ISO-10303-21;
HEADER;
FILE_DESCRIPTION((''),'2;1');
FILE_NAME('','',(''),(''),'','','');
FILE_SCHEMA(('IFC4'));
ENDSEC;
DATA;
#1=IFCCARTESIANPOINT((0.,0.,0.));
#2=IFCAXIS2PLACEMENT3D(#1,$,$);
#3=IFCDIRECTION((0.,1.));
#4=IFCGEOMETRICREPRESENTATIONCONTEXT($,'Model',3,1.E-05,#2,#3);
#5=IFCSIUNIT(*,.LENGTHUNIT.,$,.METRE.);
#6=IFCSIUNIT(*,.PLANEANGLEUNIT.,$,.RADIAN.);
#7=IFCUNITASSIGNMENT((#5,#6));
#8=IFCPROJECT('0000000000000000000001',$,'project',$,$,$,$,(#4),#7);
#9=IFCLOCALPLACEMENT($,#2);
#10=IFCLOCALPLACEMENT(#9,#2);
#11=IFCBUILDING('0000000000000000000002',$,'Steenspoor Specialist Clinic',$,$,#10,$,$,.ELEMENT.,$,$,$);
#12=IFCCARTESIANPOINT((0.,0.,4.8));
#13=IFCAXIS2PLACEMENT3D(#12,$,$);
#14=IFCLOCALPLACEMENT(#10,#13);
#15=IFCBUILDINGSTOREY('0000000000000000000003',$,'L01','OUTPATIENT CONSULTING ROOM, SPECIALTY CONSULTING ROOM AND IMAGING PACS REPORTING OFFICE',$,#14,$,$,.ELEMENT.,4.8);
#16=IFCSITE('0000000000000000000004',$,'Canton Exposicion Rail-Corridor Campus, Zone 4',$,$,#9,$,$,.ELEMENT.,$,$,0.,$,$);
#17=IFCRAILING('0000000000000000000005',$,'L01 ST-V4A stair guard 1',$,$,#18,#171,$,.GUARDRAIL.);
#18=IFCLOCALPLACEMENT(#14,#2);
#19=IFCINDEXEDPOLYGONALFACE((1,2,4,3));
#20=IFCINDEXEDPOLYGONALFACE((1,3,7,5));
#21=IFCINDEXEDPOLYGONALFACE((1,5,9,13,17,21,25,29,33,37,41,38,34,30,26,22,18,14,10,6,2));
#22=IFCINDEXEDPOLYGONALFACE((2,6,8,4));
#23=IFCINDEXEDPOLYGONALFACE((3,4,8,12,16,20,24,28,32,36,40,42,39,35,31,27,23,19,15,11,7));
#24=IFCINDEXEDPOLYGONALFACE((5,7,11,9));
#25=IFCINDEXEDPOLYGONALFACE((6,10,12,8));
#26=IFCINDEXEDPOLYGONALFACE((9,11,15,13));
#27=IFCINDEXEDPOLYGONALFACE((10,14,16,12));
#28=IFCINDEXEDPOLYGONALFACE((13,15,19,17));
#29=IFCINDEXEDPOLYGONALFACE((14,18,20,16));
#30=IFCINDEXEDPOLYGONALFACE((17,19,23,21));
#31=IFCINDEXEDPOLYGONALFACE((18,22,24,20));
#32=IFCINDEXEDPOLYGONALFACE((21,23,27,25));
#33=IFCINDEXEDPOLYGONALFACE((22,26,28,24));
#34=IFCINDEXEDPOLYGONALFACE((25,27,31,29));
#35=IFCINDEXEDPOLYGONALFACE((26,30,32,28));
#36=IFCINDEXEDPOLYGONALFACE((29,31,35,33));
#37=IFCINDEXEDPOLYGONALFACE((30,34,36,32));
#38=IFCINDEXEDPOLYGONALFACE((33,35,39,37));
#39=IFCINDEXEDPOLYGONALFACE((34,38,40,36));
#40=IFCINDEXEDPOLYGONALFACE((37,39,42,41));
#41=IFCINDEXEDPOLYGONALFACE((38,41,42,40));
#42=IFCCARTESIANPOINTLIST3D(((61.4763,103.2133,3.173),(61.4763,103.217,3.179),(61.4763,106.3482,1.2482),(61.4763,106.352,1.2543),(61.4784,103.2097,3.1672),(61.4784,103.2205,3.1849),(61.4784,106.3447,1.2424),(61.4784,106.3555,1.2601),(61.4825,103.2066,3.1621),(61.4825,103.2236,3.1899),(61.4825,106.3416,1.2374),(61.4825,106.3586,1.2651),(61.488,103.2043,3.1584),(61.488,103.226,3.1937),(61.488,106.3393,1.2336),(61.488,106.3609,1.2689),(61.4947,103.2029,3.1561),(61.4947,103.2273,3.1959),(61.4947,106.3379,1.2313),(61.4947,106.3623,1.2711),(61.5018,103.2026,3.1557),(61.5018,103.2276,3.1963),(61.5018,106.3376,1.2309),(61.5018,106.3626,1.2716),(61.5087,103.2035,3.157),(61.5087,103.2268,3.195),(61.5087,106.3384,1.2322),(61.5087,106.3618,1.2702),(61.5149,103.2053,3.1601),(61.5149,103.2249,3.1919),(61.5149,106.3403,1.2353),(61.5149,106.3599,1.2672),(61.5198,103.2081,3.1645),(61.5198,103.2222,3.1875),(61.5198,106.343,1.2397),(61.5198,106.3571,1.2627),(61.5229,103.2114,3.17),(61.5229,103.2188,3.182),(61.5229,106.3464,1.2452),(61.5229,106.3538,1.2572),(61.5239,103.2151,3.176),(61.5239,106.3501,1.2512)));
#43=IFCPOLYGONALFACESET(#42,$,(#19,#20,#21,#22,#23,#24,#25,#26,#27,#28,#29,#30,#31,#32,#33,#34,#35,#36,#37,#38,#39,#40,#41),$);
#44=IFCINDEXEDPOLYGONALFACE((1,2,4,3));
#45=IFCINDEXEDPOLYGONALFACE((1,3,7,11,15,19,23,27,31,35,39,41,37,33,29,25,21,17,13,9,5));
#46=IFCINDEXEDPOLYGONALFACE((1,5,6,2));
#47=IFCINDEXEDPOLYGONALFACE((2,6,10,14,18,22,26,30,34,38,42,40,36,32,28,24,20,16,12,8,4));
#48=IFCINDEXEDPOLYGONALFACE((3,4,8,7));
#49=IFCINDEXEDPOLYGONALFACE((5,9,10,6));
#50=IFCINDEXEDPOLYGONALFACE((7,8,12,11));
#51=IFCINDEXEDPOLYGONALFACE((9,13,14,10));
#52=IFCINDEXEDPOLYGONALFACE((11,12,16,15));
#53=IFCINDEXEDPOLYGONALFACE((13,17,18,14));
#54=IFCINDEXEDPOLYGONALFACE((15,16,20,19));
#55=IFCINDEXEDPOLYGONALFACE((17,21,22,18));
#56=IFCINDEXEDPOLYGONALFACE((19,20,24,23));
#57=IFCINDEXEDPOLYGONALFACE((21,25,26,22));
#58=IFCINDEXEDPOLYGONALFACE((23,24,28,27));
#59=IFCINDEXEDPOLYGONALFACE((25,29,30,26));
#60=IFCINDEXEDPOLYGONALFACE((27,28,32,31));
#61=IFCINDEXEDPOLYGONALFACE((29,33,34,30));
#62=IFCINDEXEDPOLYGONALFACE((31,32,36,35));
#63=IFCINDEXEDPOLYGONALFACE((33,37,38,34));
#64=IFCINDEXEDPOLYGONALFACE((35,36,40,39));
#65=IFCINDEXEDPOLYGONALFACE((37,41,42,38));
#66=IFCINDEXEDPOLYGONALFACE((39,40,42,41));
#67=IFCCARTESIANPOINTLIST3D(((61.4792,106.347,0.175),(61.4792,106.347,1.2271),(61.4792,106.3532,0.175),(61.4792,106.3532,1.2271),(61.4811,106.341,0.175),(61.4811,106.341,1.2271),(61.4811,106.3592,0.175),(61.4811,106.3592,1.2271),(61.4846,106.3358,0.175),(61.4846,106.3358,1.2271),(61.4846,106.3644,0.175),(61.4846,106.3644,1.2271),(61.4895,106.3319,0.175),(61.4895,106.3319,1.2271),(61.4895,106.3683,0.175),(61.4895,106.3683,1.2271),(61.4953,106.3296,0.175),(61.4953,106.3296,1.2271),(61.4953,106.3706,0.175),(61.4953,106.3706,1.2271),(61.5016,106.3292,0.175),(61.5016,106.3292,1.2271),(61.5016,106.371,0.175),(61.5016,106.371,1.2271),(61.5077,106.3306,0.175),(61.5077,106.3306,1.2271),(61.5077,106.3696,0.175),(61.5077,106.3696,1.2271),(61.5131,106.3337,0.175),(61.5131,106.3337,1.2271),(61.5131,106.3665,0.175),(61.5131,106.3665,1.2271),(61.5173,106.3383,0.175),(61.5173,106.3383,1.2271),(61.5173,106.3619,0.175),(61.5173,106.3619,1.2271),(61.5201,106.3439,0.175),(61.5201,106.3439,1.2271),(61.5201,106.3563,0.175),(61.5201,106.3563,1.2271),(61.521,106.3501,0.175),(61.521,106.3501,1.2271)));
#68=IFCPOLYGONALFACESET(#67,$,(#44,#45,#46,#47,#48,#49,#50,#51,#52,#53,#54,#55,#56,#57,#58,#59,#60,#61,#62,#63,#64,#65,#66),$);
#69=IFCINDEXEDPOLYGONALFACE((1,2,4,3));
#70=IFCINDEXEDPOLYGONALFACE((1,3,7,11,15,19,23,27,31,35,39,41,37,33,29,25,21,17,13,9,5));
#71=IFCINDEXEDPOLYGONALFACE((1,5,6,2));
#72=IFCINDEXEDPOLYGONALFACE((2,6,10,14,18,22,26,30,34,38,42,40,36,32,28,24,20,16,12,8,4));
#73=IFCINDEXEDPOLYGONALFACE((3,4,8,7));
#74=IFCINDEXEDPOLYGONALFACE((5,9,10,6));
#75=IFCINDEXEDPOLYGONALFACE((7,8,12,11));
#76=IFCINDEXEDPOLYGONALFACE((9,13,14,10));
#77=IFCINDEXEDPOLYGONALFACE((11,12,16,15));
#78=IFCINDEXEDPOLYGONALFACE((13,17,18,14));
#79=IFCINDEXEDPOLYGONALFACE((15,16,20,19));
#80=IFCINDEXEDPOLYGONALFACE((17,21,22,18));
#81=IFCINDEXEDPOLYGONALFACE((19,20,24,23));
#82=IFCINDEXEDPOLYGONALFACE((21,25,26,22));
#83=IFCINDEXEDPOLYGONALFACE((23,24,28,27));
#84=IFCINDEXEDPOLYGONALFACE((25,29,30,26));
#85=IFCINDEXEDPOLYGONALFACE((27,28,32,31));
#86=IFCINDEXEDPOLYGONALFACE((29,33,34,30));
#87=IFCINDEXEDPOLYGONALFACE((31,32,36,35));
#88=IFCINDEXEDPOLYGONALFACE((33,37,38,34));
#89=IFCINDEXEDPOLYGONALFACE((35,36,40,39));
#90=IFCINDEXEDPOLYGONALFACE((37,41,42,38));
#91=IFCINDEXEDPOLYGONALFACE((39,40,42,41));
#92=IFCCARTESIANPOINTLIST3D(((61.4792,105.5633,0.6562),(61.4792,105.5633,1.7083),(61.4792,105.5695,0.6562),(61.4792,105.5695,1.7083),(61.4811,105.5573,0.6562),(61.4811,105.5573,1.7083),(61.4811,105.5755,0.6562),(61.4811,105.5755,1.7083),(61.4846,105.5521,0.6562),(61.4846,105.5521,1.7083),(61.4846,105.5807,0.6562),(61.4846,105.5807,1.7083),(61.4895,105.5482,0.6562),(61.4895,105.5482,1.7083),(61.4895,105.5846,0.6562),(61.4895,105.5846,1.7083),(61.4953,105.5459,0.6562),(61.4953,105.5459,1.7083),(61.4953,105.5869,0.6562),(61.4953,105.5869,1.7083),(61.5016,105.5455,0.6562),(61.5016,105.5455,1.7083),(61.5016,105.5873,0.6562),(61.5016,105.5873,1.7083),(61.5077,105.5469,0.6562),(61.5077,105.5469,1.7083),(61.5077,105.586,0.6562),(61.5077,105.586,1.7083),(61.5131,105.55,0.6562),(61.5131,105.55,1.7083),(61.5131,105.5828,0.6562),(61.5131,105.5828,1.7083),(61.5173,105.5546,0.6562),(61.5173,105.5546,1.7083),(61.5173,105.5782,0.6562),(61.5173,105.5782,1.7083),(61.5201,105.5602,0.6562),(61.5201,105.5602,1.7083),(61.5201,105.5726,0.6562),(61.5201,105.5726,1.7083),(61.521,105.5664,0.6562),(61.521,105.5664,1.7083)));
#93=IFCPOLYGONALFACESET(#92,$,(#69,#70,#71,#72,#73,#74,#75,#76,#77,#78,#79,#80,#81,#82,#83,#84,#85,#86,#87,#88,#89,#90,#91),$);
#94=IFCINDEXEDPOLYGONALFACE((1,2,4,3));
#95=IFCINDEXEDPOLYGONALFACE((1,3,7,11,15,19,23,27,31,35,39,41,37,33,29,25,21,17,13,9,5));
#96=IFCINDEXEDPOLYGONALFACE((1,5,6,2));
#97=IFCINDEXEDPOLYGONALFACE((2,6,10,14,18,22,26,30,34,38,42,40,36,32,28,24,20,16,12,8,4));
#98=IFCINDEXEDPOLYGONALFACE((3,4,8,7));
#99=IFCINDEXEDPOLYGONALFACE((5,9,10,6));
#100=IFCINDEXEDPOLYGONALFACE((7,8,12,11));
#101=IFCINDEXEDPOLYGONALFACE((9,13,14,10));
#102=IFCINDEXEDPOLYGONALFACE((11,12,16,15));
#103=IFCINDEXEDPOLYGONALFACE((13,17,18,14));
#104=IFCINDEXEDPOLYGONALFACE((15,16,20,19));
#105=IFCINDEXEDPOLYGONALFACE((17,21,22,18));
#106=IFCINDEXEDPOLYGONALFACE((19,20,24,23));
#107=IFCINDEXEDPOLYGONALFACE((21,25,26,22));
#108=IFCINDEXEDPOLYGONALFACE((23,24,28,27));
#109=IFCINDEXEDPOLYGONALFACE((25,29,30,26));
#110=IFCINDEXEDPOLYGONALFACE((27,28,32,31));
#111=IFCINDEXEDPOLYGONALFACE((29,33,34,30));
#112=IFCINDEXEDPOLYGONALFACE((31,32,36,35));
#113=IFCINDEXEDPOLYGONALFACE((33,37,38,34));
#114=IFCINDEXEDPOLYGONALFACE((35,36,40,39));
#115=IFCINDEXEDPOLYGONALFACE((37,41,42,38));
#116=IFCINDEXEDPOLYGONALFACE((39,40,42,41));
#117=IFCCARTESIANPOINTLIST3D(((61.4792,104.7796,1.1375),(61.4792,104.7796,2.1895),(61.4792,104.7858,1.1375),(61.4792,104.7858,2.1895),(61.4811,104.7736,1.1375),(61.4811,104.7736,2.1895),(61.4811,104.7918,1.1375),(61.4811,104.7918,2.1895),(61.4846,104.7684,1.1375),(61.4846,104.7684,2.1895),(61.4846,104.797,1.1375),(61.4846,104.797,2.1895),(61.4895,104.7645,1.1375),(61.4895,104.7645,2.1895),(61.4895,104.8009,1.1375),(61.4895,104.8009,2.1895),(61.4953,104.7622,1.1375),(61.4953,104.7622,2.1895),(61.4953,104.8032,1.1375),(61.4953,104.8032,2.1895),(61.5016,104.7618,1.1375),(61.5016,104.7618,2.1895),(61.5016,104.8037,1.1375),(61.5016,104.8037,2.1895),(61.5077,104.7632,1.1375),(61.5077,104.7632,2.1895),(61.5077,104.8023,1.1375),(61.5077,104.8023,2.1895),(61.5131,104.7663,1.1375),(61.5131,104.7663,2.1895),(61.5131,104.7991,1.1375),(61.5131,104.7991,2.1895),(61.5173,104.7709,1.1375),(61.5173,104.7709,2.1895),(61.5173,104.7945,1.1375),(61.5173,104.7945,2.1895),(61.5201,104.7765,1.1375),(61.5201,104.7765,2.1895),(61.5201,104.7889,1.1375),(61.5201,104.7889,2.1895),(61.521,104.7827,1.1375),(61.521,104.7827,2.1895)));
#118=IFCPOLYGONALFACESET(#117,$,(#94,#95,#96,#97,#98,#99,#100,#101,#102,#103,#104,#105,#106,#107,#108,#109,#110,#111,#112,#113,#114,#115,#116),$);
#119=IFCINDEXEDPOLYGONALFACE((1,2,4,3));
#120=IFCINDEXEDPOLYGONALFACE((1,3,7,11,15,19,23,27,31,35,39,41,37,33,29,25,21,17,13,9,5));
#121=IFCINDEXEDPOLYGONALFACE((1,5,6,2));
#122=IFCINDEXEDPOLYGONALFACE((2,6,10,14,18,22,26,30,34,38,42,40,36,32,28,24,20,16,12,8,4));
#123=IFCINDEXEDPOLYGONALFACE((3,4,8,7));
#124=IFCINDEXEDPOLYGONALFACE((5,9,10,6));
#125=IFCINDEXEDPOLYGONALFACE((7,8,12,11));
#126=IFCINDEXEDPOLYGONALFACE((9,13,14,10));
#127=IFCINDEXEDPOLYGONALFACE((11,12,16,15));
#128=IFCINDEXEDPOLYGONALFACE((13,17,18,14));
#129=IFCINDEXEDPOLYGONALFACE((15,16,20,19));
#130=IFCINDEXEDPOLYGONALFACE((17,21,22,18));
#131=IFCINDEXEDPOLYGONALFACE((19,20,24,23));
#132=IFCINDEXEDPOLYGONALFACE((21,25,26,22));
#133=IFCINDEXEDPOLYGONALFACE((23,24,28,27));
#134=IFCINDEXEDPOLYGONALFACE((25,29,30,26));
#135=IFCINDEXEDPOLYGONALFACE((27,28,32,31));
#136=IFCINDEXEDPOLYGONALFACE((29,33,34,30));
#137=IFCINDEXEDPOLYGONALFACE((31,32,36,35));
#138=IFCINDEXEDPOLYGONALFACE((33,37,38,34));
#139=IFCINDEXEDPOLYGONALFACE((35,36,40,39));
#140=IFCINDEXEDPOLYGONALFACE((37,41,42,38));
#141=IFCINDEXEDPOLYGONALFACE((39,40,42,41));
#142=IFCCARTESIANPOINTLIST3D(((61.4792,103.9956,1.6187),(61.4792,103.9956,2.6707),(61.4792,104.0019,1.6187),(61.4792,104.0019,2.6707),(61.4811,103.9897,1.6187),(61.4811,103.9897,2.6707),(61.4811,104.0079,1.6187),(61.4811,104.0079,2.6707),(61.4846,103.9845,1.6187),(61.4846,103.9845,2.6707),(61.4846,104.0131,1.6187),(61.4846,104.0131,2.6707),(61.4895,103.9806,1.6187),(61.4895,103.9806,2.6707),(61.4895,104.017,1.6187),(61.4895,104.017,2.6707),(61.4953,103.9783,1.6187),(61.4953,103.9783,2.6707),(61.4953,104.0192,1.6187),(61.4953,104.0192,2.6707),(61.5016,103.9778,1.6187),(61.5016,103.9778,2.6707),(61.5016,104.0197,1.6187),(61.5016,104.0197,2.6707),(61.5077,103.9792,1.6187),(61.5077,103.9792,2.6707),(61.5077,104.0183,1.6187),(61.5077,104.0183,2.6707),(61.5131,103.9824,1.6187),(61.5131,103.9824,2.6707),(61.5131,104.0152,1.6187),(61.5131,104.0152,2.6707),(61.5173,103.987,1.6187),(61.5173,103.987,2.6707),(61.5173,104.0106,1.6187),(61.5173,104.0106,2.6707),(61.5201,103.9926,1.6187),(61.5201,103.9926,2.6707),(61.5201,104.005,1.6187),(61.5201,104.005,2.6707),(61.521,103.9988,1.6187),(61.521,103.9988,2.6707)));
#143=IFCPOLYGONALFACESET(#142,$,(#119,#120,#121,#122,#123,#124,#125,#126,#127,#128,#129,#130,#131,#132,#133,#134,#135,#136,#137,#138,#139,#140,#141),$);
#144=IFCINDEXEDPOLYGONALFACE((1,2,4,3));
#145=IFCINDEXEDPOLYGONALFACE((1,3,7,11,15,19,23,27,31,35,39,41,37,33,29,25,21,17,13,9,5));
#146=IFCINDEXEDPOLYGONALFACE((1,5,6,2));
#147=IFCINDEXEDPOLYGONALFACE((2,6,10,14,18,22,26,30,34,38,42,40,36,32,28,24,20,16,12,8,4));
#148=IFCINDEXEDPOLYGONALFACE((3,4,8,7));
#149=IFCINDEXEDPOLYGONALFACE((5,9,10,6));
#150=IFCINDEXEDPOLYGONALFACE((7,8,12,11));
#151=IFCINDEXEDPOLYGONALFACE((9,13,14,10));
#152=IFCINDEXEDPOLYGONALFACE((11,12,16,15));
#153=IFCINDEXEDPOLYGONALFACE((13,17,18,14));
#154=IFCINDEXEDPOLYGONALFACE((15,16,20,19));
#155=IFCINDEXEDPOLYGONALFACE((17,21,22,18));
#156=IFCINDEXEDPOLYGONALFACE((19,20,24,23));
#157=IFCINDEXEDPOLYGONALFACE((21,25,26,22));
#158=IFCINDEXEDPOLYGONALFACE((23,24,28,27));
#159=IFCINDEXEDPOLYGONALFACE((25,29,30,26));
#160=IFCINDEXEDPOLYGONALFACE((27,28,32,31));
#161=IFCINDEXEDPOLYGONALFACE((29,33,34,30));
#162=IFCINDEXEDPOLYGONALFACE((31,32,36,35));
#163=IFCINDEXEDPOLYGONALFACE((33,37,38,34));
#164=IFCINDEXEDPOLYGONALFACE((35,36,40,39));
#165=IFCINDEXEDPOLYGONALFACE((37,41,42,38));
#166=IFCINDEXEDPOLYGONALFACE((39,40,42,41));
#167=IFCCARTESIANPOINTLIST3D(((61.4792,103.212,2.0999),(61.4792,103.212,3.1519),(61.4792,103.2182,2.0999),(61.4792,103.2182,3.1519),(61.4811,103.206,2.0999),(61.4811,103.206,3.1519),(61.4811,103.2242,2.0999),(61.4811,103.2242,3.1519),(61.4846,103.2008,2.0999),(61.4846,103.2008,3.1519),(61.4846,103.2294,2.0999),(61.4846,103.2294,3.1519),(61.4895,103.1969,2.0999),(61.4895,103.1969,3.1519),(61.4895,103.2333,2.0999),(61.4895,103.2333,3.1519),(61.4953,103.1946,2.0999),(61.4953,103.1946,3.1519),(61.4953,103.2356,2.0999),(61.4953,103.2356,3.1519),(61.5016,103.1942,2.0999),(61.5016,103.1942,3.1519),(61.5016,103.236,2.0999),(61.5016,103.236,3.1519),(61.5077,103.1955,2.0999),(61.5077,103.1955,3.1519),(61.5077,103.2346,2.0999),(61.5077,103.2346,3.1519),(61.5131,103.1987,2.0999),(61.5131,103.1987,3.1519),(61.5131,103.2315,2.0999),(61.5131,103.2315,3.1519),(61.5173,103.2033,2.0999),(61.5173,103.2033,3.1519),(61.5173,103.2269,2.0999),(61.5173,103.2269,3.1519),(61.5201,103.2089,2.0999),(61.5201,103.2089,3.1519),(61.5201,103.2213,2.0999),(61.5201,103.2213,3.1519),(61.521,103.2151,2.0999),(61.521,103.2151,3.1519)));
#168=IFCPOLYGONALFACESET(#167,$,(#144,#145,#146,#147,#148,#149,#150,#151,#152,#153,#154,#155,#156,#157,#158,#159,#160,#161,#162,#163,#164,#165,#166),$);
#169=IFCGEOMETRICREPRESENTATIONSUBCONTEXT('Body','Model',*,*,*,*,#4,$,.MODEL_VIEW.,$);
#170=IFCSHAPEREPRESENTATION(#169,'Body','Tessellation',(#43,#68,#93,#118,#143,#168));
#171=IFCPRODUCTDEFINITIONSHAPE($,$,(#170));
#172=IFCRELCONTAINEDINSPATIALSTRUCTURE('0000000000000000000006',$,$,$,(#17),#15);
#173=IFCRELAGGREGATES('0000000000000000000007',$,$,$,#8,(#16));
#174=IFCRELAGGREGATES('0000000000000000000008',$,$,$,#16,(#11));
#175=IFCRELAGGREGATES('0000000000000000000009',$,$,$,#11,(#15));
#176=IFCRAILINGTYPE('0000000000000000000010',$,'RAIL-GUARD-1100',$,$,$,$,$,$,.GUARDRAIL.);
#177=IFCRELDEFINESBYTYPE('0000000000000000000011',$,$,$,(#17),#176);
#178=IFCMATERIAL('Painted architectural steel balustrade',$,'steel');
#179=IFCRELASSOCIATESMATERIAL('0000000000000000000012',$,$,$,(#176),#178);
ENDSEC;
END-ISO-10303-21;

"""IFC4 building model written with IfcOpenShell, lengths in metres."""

from ifc_helpers import new_model, si_unit, direction, frame, origin, origin_2d, place, context, subcontext, project, spatial, circle, extrude, material, type_object, element, save


model = new_model("IFC4")

# Units and contexts
model_context = context("Model", 3, precision=1e-05, world=origin(), true_north=direction((0.0, 1.0)))
body_context = subcontext(model_context, "Body", "Model", "MODEL_VIEW")
ifc_project = project(units=[si_unit("LENGTHUNIT", "METRE"), si_unit("PLANEANGLEUNIT", "RADIAN")], contexts=[model_context])

# Site, building, storey
site_placement = place(None, origin())
site = spatial("IfcSite", under=ifc_project, at=site_placement, Name="Canton Exposicion Rail-Corridor Campus, Zone 4", CompositionType="ELEMENT", RefElevation=0.0)
building_placement = place(site_placement, origin())
building = spatial("IfcBuilding", under=site, at=building_placement, Name="Steenspoor Specialist Clinic", CompositionType="ELEMENT")
storey_placement = place(building_placement, frame((0.0, 0.0, 4.8)))
storey = spatial("IfcBuildingStorey", under=building, at=storey_placement, Name="L01", Description="OUTPATIENT CONSULTING ROOM, SPECIALTY CONSULTING ROOM AND IMAGING PACS REPORTING OFFICE", CompositionType="ELEMENT", Elevation=4.8)

# Railing
ifc_material_1 = material(Name="Painted architectural steel balustrade", Category="steel")
railing_type_1 = type_object("IfcRailingType", Name="RAIL-GUARD-1100", PredefinedType="GUARDRAIL", material=ifc_material_1)
railing_1_placement = place(storey_placement, frame((61.5, 106.3501, 0.175)))
element("IfcRailing", 1, at=railing_1_placement, inside=storey, type_object=railing_type_1, Name="L01 ST-V4A stair guard 1", PredefinedType="GUARDRAIL", context=body_context, shape_type="SweptSolid", body=[
    extrude(circle(Radius=0.0239, at=origin_2d()), frame((0.0, 0.0, 1.0762), z_axis=(0.0, -0.852196, 0.523223), x_axis=(1.0, 0.0, 0.0)), (0.0, 0.0, 1.0), 3.6787),
    extrude(circle(Radius=0.021, at=origin_2d()), origin(), (0.0, 0.0, 1.0), 1.052),
    extrude(circle(Radius=0.021, at=origin_2d()), frame((0.0, -0.7837, 0.4812)), (0.0, 0.0, 1.0), 1.052),
    extrude(circle(Radius=0.021, at=origin_2d()), frame((0.0, -1.5674, 0.9624)), (0.0, 0.0, 1.0), 1.052),
    extrude(circle(Radius=0.021, at=origin_2d()), frame((0.0, -2.3513, 1.4436)), (0.0, 0.0, 1.0), 1.052),
    extrude(circle(Radius=0.021, at=origin_2d()), frame((0.0, -3.135, 1.9248)), (0.0, 0.0, 1.0), 1.052),
])

save(model, "model.ifc")
